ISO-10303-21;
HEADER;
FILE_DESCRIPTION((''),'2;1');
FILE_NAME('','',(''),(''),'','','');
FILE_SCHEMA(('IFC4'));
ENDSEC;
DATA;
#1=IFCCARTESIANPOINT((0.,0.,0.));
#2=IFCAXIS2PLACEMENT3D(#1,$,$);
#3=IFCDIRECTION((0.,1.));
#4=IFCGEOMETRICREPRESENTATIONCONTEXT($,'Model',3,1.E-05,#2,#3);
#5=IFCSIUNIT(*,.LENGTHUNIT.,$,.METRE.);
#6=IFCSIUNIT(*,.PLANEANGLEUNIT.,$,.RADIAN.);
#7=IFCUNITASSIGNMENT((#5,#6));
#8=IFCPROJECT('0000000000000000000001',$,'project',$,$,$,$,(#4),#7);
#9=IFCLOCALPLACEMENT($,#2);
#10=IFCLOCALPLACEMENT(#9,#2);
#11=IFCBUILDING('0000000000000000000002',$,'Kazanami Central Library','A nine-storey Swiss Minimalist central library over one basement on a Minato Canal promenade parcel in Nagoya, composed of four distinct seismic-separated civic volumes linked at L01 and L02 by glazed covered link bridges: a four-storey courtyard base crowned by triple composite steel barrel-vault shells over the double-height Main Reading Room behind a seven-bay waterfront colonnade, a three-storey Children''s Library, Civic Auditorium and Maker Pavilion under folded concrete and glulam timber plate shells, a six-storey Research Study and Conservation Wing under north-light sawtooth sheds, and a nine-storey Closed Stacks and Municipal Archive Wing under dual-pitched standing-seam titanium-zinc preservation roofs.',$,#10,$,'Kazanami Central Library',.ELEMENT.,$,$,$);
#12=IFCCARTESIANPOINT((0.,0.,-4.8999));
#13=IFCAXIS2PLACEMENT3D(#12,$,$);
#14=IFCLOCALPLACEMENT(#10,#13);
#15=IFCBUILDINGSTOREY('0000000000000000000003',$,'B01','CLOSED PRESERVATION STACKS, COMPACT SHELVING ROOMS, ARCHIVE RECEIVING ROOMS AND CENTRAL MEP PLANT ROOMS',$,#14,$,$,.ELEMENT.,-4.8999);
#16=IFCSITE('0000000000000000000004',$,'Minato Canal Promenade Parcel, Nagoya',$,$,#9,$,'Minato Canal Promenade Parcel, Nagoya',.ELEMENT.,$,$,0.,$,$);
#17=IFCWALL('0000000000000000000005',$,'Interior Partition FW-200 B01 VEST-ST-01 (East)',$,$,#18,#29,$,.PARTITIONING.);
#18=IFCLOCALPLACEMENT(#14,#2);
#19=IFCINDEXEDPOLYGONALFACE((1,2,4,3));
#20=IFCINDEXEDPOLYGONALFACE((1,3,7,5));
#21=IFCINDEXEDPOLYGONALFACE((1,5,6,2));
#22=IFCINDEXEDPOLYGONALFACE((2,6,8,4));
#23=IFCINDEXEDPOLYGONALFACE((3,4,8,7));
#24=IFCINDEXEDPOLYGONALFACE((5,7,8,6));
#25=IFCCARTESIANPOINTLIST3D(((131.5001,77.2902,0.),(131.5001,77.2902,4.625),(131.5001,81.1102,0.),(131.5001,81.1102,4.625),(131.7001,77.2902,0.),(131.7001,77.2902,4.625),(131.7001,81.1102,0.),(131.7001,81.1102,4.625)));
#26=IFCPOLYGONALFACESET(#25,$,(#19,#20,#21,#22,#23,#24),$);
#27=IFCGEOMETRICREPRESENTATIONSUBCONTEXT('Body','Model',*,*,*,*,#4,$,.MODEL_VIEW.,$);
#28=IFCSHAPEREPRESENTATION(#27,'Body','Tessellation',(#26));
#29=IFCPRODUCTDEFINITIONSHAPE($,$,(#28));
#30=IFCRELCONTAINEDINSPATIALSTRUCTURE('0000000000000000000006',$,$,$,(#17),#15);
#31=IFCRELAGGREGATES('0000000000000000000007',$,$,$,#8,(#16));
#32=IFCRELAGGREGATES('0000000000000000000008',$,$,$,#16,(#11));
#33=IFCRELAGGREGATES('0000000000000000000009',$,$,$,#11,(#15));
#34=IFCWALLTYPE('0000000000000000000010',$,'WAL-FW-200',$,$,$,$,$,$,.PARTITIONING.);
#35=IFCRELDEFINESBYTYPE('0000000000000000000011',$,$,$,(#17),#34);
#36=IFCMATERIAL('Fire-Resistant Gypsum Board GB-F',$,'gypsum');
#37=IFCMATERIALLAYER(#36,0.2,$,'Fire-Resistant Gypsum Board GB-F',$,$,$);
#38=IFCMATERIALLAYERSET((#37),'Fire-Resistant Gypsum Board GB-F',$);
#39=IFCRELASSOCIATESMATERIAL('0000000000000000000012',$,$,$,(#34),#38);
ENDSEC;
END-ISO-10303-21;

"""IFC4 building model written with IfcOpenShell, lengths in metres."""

from ifc_helpers import new_model, si_unit, direction, frame, frame_2d, origin, place, context, subcontext, project, spatial, rectangle, extrude, material, layer, layer_set, type_object, element, save


model = new_model("IFC4")

# Units and contexts
model_context = context("Model", 3, precision=1e-05, world=origin(), true_north=direction((0.0, 1.0)))
body_context = subcontext(model_context, "Body", "Model", "MODEL_VIEW")
ifc_project = project(units=[si_unit("LENGTHUNIT", "METRE"), si_unit("PLANEANGLEUNIT", "RADIAN")], contexts=[model_context])

# Site, building, storey
site_placement = place(None, origin())
site = spatial("IfcSite", under=ifc_project, at=site_placement, Name="Minato Canal Promenade Parcel, Nagoya", LongName="Minato Canal Promenade Parcel, Nagoya", CompositionType="ELEMENT", RefElevation=0.0)
building_placement = place(site_placement, origin())
building = spatial("IfcBuilding", under=site, at=building_placement, Name="Kazanami Central Library", Description="A nine-storey Swiss Minimalist central library over one basement on a Minato Canal promenade parcel in Nagoya, composed of four distinct seismic-separated civic volumes linked at L01 and L02 by glazed covered link bridges: a four-storey courtyard base crowned by triple composite steel barrel-vault shells over the double-height Main Reading Room behind a seven-bay waterfront colonnade, a three-storey Children's Library, Civic Auditorium and Maker Pavilion under folded concrete and glulam timber plate shells, a six-storey Research Study and Conservation Wing under north-light sawtooth sheds, and a nine-storey Closed Stacks and Municipal Archive Wing under dual-pitched standing-seam titanium-zinc preservation roofs.", LongName="Kazanami Central Library", CompositionType="ELEMENT")
storey_placement = place(building_placement, frame((0.0, 0.0, -4.8999)))
storey = spatial("IfcBuildingStorey", under=building, at=storey_placement, Name="B01", Description="CLOSED PRESERVATION STACKS, COMPACT SHELVING ROOMS, ARCHIVE RECEIVING ROOMS AND CENTRAL MEP PLANT ROOMS", CompositionType="ELEMENT", Elevation=-4.8999)

# Shared definitions
ifc_material_1 = material(Name="Fire-Resistant Gypsum Board GB-F", Category="gypsum")
ifc_layer = layer(ifc_material_1, 0.2, Name="Fire-Resistant Gypsum Board GB-F")
ifc_layer_set = layer_set([ifc_layer], Name="Fire-Resistant Gypsum Board GB-F")
wall_type = type_object("IfcWallType", Name="WAL-FW-200", PredefinedType="PARTITIONING", material=ifc_layer_set)

# Wall
for number, where, z_axis, x_axis, name in (
    (1, (131.6001, 77.29, 0.0), (0.0, 0.0, 1.0), (0.0, 1.0, 0.0), "Interior Partition FW-200 B01 VEST-ST-01 (East)"),
):
    element("IfcWall", number, at=place(storey_placement, frame(where, z_axis=z_axis, x_axis=x_axis)), inside=storey, type_object=wall_type, Name=name, PredefinedType="PARTITIONING", context=body_context, shape_type="SweptSolid", body=[
        extrude(rectangle(XDim=3.8201, YDim=0.2, at=frame_2d((1.9102, 0.0))), origin(), (0.0, 0.0, 1.0), 4.625),
    ])

save(model, "model.ifc")
